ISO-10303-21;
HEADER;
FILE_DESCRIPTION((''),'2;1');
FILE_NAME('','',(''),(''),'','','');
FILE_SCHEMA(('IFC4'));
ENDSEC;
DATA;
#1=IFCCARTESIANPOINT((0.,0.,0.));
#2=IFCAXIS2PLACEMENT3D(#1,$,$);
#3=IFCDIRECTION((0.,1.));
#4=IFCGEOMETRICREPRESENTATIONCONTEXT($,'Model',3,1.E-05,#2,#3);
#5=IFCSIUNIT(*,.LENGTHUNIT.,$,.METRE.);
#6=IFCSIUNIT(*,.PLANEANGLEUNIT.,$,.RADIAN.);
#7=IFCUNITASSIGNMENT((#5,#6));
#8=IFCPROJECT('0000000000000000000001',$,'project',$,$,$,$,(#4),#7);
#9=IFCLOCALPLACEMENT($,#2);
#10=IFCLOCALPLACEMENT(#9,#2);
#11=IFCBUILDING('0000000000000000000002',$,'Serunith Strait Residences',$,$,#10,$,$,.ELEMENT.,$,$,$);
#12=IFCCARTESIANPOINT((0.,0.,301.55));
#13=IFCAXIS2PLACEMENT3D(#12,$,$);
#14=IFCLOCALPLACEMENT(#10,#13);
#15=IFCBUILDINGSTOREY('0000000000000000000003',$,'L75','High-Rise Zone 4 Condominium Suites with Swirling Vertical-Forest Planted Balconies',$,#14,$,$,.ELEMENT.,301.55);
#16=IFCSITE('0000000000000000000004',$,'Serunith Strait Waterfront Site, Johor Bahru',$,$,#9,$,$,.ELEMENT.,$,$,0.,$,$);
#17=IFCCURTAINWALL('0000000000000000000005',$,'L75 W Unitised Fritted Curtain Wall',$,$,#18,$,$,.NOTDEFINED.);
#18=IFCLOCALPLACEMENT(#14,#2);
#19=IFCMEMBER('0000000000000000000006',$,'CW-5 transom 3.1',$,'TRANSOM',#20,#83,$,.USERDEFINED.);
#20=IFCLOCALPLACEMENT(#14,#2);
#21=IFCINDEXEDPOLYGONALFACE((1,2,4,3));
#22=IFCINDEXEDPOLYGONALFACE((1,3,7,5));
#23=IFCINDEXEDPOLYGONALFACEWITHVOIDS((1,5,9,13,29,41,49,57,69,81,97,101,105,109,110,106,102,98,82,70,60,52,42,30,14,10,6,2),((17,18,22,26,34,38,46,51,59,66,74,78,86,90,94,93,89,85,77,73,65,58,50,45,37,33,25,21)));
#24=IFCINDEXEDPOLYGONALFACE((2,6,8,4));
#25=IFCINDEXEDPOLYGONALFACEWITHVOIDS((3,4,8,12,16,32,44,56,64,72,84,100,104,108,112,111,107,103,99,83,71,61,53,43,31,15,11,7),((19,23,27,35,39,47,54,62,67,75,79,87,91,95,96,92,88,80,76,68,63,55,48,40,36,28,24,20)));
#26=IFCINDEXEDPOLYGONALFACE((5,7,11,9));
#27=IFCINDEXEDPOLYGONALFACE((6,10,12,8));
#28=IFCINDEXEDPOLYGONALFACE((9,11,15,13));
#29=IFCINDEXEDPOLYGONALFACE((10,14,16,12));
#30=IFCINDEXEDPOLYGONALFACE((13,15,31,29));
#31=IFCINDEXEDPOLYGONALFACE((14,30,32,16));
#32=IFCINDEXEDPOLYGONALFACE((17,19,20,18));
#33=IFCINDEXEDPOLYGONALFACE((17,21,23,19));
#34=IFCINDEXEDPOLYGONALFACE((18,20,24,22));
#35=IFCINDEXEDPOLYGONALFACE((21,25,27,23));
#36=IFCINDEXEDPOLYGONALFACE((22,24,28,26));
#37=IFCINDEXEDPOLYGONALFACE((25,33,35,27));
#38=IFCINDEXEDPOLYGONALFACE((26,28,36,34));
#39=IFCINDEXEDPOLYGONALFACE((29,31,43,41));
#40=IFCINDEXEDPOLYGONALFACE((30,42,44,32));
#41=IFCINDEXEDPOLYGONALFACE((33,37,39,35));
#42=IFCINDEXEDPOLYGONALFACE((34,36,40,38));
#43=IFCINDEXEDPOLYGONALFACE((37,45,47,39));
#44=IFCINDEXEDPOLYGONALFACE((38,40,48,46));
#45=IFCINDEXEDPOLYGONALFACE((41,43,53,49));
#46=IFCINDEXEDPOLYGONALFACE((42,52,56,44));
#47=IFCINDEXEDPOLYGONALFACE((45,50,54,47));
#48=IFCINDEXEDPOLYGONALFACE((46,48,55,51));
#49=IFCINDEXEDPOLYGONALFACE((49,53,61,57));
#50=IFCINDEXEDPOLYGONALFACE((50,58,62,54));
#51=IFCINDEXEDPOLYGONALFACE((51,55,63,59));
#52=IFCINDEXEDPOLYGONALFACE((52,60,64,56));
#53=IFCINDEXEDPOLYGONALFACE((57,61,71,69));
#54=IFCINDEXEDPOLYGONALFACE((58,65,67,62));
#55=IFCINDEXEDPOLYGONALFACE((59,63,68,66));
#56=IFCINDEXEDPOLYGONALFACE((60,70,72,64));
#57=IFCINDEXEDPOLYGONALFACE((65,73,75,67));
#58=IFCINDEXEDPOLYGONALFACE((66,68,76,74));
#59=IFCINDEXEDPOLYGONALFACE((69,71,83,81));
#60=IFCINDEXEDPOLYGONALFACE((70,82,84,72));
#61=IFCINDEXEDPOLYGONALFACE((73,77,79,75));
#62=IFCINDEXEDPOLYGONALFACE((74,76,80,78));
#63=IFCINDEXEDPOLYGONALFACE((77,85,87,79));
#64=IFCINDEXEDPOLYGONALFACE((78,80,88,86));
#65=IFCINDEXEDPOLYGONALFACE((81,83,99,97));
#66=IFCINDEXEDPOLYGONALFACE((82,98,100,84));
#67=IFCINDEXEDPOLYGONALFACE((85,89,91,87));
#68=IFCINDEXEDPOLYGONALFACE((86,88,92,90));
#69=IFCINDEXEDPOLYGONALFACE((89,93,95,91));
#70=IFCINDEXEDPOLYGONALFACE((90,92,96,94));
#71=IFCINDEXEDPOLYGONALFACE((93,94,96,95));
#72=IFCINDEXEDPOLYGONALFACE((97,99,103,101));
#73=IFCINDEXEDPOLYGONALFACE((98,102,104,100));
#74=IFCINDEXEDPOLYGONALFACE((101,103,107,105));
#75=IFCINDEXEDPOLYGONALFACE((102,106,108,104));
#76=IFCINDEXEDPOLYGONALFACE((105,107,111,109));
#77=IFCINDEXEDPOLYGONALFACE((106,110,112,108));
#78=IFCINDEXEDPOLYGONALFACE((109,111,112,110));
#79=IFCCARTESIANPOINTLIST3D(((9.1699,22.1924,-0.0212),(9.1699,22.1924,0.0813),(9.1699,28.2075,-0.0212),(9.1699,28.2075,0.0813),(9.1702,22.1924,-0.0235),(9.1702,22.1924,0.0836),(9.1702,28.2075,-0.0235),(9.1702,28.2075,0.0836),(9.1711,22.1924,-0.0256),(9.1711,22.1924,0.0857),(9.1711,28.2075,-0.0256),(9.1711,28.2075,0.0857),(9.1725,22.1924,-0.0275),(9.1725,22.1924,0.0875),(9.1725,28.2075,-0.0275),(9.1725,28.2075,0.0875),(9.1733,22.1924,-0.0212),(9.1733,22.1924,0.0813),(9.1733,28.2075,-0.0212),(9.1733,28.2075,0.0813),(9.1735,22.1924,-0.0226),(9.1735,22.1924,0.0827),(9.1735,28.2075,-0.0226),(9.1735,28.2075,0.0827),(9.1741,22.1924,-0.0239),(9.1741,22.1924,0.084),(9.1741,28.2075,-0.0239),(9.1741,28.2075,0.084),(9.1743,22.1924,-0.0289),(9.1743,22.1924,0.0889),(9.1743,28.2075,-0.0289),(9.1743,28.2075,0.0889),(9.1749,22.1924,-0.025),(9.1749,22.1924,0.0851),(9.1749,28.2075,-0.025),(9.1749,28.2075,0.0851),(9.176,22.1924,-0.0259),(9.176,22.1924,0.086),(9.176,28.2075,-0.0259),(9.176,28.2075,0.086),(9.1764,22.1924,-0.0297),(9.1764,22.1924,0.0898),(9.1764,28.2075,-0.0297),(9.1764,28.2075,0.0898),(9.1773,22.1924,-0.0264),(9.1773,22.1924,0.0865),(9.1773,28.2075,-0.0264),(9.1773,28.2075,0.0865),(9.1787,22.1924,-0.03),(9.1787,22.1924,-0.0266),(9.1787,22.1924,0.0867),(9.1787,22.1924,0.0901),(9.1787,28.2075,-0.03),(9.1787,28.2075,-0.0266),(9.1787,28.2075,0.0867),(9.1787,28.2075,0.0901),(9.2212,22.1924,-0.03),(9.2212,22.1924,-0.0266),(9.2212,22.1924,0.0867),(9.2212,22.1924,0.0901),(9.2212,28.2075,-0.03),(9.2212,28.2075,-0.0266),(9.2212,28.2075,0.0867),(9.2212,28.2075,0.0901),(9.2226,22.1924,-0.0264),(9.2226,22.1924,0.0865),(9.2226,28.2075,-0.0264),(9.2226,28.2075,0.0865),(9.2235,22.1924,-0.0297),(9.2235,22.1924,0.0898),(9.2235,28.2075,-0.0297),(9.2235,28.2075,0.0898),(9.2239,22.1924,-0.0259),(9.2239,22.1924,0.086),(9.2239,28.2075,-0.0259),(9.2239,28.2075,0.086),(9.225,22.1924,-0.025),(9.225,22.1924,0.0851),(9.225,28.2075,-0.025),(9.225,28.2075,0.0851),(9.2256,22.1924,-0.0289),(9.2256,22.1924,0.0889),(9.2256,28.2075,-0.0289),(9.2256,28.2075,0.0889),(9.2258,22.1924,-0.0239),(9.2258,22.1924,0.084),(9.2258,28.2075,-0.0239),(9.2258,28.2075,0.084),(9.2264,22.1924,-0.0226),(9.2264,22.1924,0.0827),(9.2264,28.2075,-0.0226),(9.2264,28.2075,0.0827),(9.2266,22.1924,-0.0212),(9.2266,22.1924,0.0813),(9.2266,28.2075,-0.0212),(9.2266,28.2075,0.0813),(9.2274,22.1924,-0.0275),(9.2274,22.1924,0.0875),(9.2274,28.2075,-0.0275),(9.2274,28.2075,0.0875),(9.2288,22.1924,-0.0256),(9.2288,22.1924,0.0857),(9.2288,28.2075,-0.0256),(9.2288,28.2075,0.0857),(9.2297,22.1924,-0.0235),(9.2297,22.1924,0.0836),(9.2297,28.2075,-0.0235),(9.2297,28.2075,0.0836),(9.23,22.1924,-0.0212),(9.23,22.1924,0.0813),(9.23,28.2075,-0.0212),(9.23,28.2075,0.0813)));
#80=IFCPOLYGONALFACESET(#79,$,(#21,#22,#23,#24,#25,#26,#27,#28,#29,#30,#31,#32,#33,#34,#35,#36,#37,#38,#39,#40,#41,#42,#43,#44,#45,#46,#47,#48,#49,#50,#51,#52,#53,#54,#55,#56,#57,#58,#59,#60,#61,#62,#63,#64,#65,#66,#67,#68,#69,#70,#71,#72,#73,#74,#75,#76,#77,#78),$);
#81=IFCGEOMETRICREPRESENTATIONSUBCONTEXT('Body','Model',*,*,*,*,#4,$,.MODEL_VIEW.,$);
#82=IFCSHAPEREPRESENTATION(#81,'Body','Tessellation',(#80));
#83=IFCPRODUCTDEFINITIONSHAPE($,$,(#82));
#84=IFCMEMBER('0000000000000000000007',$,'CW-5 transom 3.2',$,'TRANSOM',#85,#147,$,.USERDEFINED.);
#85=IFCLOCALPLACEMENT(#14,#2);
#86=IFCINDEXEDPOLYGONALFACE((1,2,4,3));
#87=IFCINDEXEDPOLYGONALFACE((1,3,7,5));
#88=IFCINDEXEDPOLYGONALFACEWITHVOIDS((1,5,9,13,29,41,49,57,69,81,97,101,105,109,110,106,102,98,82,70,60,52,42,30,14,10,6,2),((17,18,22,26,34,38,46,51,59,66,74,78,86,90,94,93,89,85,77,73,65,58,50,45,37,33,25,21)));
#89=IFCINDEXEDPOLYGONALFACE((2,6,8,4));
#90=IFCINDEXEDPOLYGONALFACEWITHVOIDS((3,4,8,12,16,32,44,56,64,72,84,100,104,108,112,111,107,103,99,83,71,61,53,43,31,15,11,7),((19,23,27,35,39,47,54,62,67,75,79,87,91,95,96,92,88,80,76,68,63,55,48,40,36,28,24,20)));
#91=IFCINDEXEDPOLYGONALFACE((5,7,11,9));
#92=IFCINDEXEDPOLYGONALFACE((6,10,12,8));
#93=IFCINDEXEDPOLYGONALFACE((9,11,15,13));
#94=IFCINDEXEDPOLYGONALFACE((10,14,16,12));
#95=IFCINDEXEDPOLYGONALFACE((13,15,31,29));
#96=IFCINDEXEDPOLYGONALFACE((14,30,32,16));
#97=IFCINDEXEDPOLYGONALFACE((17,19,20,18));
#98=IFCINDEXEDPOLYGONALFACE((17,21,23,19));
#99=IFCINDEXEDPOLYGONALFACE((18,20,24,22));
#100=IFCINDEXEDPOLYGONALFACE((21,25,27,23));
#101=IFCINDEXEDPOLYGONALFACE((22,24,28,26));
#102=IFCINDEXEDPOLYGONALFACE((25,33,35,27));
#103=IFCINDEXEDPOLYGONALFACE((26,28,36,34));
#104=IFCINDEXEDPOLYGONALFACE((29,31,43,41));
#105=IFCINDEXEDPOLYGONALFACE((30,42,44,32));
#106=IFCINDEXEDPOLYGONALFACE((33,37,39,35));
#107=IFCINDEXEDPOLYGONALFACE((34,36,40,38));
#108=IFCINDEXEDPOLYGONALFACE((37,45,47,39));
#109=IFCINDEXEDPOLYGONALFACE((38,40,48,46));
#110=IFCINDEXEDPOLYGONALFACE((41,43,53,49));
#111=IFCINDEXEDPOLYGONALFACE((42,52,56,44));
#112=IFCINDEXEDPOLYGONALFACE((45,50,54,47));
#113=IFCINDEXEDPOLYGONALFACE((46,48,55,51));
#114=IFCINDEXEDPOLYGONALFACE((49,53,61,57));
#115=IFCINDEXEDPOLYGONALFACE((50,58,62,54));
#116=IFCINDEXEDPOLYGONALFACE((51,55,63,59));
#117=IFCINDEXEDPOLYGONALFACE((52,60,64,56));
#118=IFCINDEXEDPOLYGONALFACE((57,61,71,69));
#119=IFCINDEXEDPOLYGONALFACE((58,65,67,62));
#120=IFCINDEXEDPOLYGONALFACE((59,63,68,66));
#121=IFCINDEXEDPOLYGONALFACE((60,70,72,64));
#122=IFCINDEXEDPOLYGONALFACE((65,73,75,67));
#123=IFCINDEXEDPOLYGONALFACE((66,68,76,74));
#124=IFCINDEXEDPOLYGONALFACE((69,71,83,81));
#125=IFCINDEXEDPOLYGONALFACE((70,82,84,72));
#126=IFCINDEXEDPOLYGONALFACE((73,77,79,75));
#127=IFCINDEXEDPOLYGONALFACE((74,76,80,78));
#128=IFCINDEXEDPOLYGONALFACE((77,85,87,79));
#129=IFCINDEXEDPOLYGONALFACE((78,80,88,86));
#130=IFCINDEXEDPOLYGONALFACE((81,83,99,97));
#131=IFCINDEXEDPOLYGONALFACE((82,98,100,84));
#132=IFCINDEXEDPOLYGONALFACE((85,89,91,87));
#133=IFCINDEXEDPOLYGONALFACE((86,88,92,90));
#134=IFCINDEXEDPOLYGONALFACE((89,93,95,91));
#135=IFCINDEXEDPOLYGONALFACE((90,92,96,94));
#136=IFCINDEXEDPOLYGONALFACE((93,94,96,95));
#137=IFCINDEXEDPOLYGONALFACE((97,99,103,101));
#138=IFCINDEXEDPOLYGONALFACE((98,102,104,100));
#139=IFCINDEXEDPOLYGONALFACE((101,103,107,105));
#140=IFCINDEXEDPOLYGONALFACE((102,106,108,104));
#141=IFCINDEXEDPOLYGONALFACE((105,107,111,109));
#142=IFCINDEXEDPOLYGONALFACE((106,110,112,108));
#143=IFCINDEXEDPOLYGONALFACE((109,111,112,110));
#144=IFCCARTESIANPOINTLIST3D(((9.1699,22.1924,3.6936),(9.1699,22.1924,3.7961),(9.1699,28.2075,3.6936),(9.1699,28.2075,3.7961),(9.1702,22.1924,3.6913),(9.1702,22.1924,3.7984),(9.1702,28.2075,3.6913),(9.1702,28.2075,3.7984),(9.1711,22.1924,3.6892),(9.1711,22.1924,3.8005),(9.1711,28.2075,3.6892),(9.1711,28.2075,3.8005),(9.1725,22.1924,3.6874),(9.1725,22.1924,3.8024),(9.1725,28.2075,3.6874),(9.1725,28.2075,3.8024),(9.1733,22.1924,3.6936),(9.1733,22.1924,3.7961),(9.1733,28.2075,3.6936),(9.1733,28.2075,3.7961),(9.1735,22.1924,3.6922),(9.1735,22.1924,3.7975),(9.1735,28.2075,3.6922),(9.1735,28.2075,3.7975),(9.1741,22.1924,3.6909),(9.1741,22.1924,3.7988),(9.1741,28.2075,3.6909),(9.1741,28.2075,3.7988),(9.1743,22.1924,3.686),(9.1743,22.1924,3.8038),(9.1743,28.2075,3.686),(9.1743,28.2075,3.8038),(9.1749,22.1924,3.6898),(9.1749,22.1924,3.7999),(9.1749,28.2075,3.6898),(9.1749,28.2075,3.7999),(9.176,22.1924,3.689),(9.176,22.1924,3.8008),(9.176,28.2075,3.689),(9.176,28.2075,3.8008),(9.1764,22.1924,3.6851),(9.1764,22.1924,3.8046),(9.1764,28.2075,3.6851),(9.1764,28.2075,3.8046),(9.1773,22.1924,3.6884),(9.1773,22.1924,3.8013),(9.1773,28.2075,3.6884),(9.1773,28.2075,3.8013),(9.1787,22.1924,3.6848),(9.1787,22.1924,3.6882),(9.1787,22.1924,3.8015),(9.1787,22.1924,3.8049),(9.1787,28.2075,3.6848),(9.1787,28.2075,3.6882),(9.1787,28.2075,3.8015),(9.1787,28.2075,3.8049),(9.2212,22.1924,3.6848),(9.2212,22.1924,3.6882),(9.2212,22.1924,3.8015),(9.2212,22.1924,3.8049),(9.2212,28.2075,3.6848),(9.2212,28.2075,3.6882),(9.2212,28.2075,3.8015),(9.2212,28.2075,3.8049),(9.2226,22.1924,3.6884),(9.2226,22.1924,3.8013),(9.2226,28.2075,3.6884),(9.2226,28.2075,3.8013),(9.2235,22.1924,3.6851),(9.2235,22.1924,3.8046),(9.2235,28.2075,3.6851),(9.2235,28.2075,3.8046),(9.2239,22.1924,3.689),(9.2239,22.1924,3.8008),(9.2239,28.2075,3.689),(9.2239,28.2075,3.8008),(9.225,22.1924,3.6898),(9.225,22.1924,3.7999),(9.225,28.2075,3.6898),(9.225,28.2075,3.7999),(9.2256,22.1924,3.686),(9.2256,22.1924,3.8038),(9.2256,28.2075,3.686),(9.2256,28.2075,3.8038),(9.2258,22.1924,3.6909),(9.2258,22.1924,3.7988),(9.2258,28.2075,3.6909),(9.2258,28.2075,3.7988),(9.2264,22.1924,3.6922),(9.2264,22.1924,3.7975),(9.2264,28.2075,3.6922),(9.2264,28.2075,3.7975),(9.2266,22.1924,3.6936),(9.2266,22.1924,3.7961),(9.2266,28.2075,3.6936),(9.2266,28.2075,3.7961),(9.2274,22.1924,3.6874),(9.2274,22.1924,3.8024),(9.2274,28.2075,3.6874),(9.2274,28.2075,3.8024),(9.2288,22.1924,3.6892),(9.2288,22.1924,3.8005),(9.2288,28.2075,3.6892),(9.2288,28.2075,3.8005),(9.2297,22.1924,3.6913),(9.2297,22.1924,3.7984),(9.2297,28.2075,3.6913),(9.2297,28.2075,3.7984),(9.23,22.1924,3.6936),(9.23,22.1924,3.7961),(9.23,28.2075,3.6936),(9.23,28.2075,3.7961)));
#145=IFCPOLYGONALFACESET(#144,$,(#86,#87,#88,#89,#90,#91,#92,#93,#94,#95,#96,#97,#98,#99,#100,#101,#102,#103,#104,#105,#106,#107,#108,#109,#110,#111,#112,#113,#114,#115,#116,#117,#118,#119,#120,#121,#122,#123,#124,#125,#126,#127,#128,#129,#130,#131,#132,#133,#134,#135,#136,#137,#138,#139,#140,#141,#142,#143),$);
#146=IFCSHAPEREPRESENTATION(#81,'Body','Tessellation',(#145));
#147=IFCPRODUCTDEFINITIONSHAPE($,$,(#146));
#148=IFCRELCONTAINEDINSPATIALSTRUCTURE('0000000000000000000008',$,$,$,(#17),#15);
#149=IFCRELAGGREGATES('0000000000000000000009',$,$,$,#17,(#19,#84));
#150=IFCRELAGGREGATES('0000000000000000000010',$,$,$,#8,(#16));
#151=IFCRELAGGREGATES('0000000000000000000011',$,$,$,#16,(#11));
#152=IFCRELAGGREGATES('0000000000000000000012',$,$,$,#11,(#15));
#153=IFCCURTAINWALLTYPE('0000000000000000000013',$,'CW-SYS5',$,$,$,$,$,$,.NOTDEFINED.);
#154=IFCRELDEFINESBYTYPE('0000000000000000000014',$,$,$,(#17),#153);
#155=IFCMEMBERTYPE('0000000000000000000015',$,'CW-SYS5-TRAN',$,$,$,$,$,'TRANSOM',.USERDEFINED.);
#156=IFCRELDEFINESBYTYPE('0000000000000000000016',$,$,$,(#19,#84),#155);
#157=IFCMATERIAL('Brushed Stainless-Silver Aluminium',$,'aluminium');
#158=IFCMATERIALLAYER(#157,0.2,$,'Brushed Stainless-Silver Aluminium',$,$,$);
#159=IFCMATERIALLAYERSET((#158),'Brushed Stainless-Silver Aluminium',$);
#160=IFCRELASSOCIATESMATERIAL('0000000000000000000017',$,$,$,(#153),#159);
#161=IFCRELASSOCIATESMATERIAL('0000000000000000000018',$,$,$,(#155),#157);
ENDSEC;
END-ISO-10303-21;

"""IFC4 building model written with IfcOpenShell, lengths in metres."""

from ifc_helpers import new_model, si_unit, direction, frame, origin, origin_2d, place, context, subcontext, project, spatial, hollow_rectangle, extrude, source, transform, mapped, material, layer, layer_set, material_profile, profile_set, type_object, element, aggregate, save


model = new_model("IFC4")

# Units and contexts
model_context = context("Model", 3, precision=1e-05, world=origin(), true_north=direction((0.0, 1.0)))
body_context = subcontext(model_context, "Body", "Model", "MODEL_VIEW")
ifc_project = project(units=[si_unit("LENGTHUNIT", "METRE"), si_unit("PLANEANGLEUNIT", "RADIAN")], contexts=[model_context])

# Site, building, storey
site_placement = place(None, origin())
site = spatial("IfcSite", under=ifc_project, at=site_placement, Name="Serunith Strait Waterfront Site, Johor Bahru", CompositionType="ELEMENT", RefElevation=0.0)
building_placement = place(site_placement, origin())
building = spatial("IfcBuilding", under=site, at=building_placement, Name="Serunith Strait Residences", CompositionType="ELEMENT")
storey_placement = place(building_placement, frame((0.0, 0.0, 301.55)))
storey = spatial("IfcBuildingStorey", under=building, at=storey_placement, Name="L75", Description="High-Rise Zone 4 Condominium Suites with Swirling Vertical-Forest Planted Balconies", CompositionType="ELEMENT", Elevation=301.55)

# Curtain wall, members
ifc_material_1 = material(Name="Brushed Stainless-Silver Aluminium", Category="aluminium")
ifc_layer_1 = layer(ifc_material_1, 0.2, Name="Brushed Stainless-Silver Aluminium")
ifc_layer_set_1 = layer_set([ifc_layer_1], Name="Brushed Stainless-Silver Aluminium")
curtain_wall_type = type_object("IfcCurtainWallType", Name="CW-SYS5", PredefinedType="NOTDEFINED", material=ifc_layer_set_1)
curtain_wall_placement = place(storey_placement, origin())
curtain_wall = element("IfcCurtainWall", 1, at=curtain_wall_placement, inside=storey, type_object=curtain_wall_type, Name="L75 W Unitised Fritted Curtain Wall", PredefinedType="NOTDEFINED")
ifc_material_profile_1 = material_profile(ifc_material_1, hollow_rectangle(XDim=0.0601, YDim=0.1201, WallThickness=0.0034, InnerFilletRadius=0.0054, OuterFilletRadius=0.0088, at=origin_2d()), Name="ALU 120x60x3.5")
ifc_profile_set_1 = profile_set([ifc_material_profile_1], Name="Brushed Stainless-Silver Aluminium")
member_type_1 = type_object("IfcMemberType", Name="CW-SYS5-TRAN", ElementType="TRANSOM", PredefinedType="USERDEFINED", material=ifc_profile_set_1)
shared_shape_1 = source(origin(), body_context, "Body", "SweptSolid", [
    extrude(hollow_rectangle(XDim=0.0601, YDim=0.1201, WallThickness=0.0034, InnerFilletRadius=0.0054, OuterFilletRadius=0.0088, at=origin_2d()), origin(), (0.0, 0.0, 1.0), 6.0151),
])
member_1_placement = place(storey_placement, frame((9.2, 28.2075, 0.03), z_axis=(0.0, -1.0, 0.0), x_axis=(1.0, 0.0, 0.0)))
member_1 = element("IfcMember", 2, at=member_1_placement, type_object=member_type_1, Name="CW-5 transom 3.1", ObjectType="TRANSOM", PredefinedType="USERDEFINED", context=body_context, shape_type="MappedRepresentation", body=[
    mapped(shared_shape_1, transform((0.0, 0.0, 0.0), scale=1.0)),
])
member_2_placement = place(storey_placement, frame((9.2, 28.2075, 3.7449), z_axis=(0.0, -1.0, 0.0), x_axis=(1.0, 0.0, 0.0)))
member_2 = element("IfcMember", 3, at=member_2_placement, type_object=member_type_1, Name="CW-5 transom 3.2", ObjectType="TRANSOM", PredefinedType="USERDEFINED", context=body_context, shape_type="MappedRepresentation", body=[
    mapped(shared_shape_1, transform((0.0, 0.0, 0.0), scale=1.0)),
])
aggregate(curtain_wall, [member_1, member_2])

save(model, "model.ifc")
